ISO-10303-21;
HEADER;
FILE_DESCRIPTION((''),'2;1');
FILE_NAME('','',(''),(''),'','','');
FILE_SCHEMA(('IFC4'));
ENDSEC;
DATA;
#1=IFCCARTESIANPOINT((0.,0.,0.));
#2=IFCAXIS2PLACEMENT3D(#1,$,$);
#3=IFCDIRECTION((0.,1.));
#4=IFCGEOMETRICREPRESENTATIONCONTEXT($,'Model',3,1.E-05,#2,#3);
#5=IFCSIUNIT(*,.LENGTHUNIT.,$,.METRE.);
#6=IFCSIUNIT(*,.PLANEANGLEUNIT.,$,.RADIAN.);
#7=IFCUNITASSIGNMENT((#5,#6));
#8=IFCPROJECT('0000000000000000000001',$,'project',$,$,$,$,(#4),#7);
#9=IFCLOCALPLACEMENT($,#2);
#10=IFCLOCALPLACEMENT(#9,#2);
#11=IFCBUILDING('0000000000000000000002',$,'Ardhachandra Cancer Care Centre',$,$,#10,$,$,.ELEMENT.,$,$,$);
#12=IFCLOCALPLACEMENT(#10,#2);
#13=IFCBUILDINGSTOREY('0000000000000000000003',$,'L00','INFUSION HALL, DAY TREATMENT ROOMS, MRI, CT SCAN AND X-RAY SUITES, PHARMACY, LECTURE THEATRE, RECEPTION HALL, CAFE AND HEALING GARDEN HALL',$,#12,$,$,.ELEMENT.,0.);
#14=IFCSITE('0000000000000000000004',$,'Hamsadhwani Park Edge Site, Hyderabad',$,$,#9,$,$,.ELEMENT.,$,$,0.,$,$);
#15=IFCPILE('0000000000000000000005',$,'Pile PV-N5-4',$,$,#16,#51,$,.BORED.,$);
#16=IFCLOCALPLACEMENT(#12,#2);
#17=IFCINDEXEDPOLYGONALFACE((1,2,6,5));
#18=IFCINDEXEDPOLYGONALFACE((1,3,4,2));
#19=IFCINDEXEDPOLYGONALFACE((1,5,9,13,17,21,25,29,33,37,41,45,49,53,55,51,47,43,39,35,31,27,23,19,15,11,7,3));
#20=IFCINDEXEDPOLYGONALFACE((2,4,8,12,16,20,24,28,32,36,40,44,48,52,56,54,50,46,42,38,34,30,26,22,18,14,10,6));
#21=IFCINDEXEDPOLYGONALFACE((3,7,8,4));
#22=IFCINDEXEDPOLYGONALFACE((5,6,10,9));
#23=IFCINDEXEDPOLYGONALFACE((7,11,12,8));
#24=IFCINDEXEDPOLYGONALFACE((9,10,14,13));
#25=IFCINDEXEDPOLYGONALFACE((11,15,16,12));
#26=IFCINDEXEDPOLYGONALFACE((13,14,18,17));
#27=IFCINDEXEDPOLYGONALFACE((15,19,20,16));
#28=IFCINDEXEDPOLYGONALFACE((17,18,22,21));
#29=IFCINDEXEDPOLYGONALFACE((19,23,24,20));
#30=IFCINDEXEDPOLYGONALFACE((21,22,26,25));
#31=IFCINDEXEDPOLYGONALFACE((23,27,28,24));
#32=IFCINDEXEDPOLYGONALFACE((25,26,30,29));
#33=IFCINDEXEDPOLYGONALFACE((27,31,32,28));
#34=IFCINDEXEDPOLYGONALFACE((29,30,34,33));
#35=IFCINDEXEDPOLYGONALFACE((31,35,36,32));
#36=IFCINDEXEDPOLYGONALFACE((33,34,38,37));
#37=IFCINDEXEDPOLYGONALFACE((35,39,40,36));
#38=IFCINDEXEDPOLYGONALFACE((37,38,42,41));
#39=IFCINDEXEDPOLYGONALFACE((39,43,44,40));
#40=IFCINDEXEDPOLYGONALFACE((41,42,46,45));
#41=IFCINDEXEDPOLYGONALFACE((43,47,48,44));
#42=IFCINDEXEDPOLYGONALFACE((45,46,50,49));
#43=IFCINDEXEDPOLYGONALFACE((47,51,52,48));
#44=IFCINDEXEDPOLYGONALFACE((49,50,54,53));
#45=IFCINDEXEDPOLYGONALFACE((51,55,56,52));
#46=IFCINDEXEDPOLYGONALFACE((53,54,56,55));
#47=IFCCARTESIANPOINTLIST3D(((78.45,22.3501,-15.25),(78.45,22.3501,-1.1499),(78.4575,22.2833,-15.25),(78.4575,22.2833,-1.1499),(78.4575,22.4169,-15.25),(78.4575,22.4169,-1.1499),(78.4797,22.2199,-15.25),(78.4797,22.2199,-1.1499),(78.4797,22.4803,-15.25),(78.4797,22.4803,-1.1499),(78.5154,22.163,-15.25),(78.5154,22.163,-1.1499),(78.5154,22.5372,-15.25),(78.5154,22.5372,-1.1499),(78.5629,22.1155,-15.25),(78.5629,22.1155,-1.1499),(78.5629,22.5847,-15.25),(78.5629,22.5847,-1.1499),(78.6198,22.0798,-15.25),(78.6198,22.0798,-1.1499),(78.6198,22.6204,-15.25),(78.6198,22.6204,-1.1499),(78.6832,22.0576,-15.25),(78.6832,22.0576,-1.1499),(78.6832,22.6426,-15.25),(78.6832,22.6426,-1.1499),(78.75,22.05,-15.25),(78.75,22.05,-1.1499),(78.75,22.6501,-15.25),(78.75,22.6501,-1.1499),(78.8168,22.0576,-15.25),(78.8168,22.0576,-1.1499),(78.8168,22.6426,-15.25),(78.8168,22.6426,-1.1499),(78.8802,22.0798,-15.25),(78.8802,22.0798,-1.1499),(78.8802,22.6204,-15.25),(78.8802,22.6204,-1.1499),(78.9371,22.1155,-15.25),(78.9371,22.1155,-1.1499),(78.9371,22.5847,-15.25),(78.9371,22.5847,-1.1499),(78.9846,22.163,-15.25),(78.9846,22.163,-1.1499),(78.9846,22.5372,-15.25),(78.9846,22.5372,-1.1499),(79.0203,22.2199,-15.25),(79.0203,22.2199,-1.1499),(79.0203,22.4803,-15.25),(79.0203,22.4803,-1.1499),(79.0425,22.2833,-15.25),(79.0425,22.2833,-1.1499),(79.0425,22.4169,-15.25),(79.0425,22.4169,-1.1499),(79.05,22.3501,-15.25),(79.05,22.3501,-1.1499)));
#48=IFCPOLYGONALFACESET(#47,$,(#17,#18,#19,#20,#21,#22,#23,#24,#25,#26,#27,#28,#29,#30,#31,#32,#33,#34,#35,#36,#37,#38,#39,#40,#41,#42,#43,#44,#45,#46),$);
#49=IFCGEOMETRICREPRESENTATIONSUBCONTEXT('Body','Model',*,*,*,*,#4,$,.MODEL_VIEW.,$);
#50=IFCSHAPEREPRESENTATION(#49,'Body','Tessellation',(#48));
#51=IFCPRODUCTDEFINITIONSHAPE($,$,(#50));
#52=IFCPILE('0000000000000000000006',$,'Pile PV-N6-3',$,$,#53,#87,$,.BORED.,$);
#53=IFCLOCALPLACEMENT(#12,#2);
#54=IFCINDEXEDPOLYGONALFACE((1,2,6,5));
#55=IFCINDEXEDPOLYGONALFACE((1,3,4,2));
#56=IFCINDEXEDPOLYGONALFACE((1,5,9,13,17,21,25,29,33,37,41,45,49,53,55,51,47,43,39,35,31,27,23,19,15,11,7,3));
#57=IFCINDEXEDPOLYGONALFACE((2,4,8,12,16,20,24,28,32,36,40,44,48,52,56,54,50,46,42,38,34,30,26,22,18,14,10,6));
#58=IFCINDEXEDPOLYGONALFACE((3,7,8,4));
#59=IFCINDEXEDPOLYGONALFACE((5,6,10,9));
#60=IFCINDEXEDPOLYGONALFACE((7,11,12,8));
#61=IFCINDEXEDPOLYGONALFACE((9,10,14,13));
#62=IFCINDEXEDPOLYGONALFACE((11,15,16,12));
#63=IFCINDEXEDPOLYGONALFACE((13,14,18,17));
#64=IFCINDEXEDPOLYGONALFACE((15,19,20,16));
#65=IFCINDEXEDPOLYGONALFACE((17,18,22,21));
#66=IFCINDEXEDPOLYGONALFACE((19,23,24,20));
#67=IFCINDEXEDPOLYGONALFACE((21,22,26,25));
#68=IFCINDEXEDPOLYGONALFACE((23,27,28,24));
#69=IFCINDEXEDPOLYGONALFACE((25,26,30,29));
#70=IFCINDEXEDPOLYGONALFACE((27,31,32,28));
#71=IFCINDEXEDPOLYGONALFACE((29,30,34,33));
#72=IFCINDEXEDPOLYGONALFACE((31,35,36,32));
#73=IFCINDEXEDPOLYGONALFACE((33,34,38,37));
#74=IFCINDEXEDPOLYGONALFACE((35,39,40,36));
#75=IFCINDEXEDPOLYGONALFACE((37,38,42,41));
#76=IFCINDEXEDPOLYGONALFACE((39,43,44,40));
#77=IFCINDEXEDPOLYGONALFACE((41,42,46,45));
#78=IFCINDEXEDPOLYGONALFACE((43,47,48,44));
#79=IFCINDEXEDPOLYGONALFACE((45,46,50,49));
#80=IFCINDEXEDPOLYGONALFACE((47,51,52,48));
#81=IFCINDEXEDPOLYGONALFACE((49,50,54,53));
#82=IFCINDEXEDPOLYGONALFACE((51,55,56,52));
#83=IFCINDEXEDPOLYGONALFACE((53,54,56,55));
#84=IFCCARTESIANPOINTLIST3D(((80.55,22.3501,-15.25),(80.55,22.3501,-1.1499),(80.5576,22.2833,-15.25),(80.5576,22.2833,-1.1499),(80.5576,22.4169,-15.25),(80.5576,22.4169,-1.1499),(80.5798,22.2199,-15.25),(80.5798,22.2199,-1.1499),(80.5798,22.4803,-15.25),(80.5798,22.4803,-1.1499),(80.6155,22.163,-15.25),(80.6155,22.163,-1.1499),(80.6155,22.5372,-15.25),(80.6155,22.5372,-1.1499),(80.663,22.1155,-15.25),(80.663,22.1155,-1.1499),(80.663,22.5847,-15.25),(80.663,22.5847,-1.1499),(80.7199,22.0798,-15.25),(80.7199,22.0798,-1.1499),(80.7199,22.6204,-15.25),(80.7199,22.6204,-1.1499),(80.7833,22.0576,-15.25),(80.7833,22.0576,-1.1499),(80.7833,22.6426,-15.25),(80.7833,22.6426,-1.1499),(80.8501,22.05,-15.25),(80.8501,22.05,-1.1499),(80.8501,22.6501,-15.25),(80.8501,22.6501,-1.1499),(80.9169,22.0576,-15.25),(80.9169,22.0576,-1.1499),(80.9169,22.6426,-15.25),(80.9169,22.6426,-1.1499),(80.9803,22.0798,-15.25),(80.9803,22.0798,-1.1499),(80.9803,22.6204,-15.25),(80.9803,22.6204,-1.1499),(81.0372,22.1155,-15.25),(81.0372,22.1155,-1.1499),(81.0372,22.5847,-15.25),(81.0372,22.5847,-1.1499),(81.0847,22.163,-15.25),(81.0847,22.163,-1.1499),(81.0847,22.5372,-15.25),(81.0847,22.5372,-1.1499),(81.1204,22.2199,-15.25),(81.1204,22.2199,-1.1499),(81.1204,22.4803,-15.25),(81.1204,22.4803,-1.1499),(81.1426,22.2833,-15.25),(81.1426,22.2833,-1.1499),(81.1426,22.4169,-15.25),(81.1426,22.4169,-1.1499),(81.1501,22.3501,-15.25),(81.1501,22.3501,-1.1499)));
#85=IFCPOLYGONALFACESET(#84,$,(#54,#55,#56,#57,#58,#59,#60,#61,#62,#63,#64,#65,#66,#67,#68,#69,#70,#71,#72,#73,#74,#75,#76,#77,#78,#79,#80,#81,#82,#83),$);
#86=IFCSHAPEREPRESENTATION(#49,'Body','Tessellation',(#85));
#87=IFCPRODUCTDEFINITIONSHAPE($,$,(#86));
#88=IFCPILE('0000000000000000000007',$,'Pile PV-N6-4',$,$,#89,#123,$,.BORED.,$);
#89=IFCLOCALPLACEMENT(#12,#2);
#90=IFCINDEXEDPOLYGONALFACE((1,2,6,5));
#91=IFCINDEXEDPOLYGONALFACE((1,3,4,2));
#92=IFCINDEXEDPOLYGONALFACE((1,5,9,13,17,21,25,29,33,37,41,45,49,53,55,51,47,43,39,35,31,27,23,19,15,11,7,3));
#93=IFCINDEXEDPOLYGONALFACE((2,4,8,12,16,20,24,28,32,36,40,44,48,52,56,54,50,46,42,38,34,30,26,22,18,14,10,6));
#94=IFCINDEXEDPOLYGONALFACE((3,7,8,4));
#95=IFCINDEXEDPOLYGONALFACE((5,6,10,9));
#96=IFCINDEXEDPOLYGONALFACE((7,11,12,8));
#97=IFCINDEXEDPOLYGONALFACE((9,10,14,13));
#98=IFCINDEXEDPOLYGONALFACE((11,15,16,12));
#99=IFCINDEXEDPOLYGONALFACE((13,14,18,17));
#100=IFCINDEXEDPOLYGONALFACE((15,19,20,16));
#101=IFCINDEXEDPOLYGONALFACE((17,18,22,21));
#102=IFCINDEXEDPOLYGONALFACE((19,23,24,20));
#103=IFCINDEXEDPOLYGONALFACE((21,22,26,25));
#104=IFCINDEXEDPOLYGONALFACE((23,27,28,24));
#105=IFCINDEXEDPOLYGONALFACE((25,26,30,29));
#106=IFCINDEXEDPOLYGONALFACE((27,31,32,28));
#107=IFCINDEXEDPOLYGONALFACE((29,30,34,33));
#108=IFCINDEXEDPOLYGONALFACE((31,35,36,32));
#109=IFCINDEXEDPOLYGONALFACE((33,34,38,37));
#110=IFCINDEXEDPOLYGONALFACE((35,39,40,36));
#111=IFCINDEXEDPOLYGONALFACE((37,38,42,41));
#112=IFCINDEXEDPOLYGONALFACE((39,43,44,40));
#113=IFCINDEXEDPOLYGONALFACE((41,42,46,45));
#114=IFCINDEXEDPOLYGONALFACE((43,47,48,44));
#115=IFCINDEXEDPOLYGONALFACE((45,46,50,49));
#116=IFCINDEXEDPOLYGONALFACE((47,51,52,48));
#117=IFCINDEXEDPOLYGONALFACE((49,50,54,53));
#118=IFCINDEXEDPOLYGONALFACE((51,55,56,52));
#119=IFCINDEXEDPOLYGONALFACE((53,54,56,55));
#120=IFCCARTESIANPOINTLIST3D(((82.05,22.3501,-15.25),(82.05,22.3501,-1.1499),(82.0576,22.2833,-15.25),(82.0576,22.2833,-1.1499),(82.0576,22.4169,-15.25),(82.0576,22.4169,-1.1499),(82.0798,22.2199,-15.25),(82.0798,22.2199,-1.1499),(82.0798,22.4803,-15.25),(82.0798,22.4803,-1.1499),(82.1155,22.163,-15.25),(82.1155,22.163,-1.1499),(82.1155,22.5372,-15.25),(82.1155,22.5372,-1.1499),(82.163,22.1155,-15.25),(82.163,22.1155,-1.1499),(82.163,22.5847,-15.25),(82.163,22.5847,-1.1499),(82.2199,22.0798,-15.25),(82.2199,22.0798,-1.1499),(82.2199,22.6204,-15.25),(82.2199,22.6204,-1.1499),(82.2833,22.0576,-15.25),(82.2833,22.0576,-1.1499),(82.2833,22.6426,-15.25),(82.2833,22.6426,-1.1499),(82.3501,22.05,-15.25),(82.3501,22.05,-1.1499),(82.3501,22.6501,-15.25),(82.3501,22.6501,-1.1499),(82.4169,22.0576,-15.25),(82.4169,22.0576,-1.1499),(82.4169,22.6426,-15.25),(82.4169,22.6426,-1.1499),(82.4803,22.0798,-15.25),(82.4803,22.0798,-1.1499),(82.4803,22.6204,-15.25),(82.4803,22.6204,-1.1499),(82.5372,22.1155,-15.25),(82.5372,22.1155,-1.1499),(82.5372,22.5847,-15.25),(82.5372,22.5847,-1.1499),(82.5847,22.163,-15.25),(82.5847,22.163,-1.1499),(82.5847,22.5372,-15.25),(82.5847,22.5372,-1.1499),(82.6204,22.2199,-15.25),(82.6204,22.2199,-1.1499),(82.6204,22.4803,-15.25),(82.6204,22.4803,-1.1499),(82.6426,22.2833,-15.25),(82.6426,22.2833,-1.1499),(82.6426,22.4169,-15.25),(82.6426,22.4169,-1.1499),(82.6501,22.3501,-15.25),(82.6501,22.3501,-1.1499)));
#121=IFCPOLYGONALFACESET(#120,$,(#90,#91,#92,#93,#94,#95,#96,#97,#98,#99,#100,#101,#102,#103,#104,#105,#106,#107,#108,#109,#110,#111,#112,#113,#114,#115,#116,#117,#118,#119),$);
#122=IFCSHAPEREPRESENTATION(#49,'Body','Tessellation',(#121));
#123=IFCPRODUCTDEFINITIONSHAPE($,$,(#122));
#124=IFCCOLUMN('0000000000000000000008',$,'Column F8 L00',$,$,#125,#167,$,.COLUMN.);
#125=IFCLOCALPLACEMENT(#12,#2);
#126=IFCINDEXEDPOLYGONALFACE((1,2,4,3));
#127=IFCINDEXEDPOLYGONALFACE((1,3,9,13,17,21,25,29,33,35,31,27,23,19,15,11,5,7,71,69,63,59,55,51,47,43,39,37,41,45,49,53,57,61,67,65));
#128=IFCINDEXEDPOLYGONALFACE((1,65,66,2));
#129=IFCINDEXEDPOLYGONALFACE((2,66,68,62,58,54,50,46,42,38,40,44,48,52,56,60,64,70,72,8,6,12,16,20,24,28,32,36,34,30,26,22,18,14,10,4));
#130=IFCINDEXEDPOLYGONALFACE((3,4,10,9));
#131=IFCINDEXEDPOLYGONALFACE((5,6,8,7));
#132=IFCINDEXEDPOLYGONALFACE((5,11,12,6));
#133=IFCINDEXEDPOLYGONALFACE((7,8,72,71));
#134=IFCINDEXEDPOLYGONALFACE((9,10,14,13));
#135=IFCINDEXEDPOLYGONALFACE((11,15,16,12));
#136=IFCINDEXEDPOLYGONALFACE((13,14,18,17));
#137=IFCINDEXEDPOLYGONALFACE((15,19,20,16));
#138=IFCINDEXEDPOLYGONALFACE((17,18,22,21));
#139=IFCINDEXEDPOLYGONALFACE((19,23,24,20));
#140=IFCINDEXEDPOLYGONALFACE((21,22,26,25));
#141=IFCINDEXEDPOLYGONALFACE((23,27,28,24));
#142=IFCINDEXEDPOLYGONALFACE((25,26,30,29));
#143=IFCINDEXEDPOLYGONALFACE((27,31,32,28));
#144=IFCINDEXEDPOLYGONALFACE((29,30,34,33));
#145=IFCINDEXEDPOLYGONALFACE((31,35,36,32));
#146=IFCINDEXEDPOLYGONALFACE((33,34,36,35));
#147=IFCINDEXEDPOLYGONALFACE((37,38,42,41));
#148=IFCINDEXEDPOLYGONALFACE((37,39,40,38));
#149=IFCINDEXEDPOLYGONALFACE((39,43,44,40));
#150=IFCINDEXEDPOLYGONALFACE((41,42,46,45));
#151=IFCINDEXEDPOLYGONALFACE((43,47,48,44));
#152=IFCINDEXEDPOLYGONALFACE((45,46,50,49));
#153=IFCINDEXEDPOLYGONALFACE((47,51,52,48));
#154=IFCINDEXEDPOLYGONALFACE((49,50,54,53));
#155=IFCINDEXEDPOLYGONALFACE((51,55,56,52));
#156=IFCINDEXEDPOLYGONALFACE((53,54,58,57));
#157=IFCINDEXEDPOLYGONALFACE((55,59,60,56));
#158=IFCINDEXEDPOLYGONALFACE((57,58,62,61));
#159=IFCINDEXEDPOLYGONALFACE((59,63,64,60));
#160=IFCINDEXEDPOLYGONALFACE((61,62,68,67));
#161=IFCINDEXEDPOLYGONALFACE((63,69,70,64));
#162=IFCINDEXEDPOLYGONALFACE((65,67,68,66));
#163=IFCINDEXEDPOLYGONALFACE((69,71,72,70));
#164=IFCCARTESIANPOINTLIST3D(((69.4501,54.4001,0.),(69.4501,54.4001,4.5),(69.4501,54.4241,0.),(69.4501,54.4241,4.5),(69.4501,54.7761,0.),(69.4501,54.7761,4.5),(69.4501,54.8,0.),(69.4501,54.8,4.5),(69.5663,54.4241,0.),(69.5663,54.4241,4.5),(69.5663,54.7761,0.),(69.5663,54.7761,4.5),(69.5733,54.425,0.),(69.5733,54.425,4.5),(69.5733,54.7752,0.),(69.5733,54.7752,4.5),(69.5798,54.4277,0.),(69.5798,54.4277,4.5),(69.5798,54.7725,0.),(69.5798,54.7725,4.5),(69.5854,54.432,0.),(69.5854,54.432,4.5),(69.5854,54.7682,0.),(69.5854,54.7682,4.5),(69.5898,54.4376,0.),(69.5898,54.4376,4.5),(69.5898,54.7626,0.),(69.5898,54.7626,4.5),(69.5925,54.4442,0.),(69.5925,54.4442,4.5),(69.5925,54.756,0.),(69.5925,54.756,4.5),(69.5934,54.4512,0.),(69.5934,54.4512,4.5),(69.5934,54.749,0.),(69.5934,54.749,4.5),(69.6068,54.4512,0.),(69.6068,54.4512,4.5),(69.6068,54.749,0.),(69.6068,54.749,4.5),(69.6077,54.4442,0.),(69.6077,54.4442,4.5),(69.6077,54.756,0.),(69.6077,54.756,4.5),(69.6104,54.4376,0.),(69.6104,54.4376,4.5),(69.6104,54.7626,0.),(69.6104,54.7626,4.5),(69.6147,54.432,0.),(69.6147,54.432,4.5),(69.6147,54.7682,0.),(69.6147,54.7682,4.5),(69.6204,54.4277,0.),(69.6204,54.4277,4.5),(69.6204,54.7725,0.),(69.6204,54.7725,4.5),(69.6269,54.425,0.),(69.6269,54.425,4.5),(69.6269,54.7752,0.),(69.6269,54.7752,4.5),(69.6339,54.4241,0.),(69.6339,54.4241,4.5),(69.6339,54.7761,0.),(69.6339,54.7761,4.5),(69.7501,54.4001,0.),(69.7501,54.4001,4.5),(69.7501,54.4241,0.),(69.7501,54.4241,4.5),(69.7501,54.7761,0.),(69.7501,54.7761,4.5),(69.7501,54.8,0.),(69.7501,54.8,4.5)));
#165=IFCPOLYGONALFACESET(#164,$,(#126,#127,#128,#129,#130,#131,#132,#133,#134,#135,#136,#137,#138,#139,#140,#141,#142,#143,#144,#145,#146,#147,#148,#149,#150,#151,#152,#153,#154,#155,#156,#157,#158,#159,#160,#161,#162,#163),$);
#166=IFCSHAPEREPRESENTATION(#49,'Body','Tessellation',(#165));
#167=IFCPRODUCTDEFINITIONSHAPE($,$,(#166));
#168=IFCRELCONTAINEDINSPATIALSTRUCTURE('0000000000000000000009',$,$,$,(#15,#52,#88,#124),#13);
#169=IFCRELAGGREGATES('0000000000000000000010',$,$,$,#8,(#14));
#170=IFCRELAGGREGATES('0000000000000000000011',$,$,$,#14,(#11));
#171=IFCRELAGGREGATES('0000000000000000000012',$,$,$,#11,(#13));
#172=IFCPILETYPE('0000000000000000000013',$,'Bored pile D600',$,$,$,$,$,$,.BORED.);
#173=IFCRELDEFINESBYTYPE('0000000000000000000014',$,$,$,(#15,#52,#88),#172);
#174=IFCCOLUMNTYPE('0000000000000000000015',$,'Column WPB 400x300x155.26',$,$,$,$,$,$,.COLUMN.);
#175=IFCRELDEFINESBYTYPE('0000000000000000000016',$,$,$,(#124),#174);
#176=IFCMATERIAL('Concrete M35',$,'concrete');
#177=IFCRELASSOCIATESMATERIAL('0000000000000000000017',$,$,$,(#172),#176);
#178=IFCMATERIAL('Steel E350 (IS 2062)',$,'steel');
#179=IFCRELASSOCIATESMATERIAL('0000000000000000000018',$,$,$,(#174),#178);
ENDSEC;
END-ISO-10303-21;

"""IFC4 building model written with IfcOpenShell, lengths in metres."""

from ifc_helpers import new_model, si_unit, direction, frame, origin, origin_2d, place, context, subcontext, project, spatial, circle, i_section, extrude, material, material_profile, profile_set, type_object, element, save


model = new_model("IFC4")

# Units and contexts
model_context = context("Model", 3, precision=1e-05, world=origin(), true_north=direction((0.0, 1.0)))
body_context = subcontext(model_context, "Body", "Model", "MODEL_VIEW")
ifc_project = project(units=[si_unit("LENGTHUNIT", "METRE"), si_unit("PLANEANGLEUNIT", "RADIAN")], contexts=[model_context])

# Site, building, storey
site_placement = place(None, origin())
site = spatial("IfcSite", under=ifc_project, at=site_placement, Name="Hamsadhwani Park Edge Site, Hyderabad", CompositionType="ELEMENT", RefElevation=0.0)
building_placement = place(site_placement, origin())
building = spatial("IfcBuilding", under=site, at=building_placement, Name="Ardhachandra Cancer Care Centre", CompositionType="ELEMENT")
storey_placement = place(building_placement, origin())
storey = spatial("IfcBuildingStorey", under=building, at=storey_placement, Name="L00", Description="INFUSION HALL, DAY TREATMENT ROOMS, MRI, CT SCAN AND X-RAY SUITES, PHARMACY, LECTURE THEATRE, RECEPTION HALL, CAFE AND HEALING GARDEN HALL", CompositionType="ELEMENT", Elevation=0.0)

# Piles
ifc_material_1 = material(Name="Concrete M35", Category="concrete")
ifc_material_profile_1 = material_profile(ifc_material_1, circle(Radius=0.3, at=origin_2d()), Name="D600")
ifc_profile_set_1 = profile_set([ifc_material_profile_1], Name="Concrete M35")
pile_type = type_object("IfcPileType", Name="Bored pile D600", PredefinedType="BORED", material=ifc_profile_set_1)
for number, where, z_axis, x_axis, name in (
    (1, (78.75, 22.3501, -1.1499), (0.0, 0.0, -1.0), (1.0, 0.0, 0.0), "Pile PV-N5-4"),
    (2, (80.8501, 22.3501, -1.1499), (0.0, 0.0, -1.0), (1.0, 0.0, 0.0), "Pile PV-N6-3"),
    (3, (82.3501, 22.3501, -1.1499), (0.0, 0.0, -1.0), (1.0, 0.0, 0.0), "Pile PV-N6-4"),
):
    element("IfcPile", number, at=place(storey_placement, frame(where, z_axis=z_axis, x_axis=x_axis)), inside=storey, type_object=pile_type, Name=name, PredefinedType="BORED", context=body_context, shape_type="SweptSolid", body=[
        extrude(circle(Radius=0.3, at=origin_2d()), origin(), (0.0, 0.0, 1.0), 14.1001),
    ])

# Column
ifc_material_2 = material(Name="Steel E350 (IS 2062)", Category="steel")
ifc_material_profile_2 = material_profile(ifc_material_2, i_section(OverallWidth=0.3, OverallDepth=0.3999, WebThickness=0.0134, FlangeThickness=0.0239, FilletRadius=0.0271, at=origin_2d()), Name="WPB 400x300x155.26")
ifc_profile_set_2 = profile_set([ifc_material_profile_2], Name="Steel E350 (IS 2062)")
column_type = type_object("IfcColumnType", Name="Column WPB 400x300x155.26", PredefinedType="COLUMN", material=ifc_profile_set_2)
for number, where, z_axis, x_axis, name in (
    (4, (69.6001, 54.6001, 0.0), (0.0, 0.0, 1.0), (1.0, 0.0, 0.0), "Column F8 L00"),
):
    element("IfcColumn", number, at=place(storey_placement, frame(where, z_axis=z_axis, x_axis=x_axis)), inside=storey, type_object=column_type, Name=name, PredefinedType="COLUMN", context=body_context, shape_type="SweptSolid", body=[
        extrude(i_section(OverallWidth=0.3, OverallDepth=0.3999, WebThickness=0.0134, FlangeThickness=0.0239, FilletRadius=0.0271, at=origin_2d()), origin(), (0.0, 0.0, 1.0), 4.5),
    ])

save(model, "model.ifc")
